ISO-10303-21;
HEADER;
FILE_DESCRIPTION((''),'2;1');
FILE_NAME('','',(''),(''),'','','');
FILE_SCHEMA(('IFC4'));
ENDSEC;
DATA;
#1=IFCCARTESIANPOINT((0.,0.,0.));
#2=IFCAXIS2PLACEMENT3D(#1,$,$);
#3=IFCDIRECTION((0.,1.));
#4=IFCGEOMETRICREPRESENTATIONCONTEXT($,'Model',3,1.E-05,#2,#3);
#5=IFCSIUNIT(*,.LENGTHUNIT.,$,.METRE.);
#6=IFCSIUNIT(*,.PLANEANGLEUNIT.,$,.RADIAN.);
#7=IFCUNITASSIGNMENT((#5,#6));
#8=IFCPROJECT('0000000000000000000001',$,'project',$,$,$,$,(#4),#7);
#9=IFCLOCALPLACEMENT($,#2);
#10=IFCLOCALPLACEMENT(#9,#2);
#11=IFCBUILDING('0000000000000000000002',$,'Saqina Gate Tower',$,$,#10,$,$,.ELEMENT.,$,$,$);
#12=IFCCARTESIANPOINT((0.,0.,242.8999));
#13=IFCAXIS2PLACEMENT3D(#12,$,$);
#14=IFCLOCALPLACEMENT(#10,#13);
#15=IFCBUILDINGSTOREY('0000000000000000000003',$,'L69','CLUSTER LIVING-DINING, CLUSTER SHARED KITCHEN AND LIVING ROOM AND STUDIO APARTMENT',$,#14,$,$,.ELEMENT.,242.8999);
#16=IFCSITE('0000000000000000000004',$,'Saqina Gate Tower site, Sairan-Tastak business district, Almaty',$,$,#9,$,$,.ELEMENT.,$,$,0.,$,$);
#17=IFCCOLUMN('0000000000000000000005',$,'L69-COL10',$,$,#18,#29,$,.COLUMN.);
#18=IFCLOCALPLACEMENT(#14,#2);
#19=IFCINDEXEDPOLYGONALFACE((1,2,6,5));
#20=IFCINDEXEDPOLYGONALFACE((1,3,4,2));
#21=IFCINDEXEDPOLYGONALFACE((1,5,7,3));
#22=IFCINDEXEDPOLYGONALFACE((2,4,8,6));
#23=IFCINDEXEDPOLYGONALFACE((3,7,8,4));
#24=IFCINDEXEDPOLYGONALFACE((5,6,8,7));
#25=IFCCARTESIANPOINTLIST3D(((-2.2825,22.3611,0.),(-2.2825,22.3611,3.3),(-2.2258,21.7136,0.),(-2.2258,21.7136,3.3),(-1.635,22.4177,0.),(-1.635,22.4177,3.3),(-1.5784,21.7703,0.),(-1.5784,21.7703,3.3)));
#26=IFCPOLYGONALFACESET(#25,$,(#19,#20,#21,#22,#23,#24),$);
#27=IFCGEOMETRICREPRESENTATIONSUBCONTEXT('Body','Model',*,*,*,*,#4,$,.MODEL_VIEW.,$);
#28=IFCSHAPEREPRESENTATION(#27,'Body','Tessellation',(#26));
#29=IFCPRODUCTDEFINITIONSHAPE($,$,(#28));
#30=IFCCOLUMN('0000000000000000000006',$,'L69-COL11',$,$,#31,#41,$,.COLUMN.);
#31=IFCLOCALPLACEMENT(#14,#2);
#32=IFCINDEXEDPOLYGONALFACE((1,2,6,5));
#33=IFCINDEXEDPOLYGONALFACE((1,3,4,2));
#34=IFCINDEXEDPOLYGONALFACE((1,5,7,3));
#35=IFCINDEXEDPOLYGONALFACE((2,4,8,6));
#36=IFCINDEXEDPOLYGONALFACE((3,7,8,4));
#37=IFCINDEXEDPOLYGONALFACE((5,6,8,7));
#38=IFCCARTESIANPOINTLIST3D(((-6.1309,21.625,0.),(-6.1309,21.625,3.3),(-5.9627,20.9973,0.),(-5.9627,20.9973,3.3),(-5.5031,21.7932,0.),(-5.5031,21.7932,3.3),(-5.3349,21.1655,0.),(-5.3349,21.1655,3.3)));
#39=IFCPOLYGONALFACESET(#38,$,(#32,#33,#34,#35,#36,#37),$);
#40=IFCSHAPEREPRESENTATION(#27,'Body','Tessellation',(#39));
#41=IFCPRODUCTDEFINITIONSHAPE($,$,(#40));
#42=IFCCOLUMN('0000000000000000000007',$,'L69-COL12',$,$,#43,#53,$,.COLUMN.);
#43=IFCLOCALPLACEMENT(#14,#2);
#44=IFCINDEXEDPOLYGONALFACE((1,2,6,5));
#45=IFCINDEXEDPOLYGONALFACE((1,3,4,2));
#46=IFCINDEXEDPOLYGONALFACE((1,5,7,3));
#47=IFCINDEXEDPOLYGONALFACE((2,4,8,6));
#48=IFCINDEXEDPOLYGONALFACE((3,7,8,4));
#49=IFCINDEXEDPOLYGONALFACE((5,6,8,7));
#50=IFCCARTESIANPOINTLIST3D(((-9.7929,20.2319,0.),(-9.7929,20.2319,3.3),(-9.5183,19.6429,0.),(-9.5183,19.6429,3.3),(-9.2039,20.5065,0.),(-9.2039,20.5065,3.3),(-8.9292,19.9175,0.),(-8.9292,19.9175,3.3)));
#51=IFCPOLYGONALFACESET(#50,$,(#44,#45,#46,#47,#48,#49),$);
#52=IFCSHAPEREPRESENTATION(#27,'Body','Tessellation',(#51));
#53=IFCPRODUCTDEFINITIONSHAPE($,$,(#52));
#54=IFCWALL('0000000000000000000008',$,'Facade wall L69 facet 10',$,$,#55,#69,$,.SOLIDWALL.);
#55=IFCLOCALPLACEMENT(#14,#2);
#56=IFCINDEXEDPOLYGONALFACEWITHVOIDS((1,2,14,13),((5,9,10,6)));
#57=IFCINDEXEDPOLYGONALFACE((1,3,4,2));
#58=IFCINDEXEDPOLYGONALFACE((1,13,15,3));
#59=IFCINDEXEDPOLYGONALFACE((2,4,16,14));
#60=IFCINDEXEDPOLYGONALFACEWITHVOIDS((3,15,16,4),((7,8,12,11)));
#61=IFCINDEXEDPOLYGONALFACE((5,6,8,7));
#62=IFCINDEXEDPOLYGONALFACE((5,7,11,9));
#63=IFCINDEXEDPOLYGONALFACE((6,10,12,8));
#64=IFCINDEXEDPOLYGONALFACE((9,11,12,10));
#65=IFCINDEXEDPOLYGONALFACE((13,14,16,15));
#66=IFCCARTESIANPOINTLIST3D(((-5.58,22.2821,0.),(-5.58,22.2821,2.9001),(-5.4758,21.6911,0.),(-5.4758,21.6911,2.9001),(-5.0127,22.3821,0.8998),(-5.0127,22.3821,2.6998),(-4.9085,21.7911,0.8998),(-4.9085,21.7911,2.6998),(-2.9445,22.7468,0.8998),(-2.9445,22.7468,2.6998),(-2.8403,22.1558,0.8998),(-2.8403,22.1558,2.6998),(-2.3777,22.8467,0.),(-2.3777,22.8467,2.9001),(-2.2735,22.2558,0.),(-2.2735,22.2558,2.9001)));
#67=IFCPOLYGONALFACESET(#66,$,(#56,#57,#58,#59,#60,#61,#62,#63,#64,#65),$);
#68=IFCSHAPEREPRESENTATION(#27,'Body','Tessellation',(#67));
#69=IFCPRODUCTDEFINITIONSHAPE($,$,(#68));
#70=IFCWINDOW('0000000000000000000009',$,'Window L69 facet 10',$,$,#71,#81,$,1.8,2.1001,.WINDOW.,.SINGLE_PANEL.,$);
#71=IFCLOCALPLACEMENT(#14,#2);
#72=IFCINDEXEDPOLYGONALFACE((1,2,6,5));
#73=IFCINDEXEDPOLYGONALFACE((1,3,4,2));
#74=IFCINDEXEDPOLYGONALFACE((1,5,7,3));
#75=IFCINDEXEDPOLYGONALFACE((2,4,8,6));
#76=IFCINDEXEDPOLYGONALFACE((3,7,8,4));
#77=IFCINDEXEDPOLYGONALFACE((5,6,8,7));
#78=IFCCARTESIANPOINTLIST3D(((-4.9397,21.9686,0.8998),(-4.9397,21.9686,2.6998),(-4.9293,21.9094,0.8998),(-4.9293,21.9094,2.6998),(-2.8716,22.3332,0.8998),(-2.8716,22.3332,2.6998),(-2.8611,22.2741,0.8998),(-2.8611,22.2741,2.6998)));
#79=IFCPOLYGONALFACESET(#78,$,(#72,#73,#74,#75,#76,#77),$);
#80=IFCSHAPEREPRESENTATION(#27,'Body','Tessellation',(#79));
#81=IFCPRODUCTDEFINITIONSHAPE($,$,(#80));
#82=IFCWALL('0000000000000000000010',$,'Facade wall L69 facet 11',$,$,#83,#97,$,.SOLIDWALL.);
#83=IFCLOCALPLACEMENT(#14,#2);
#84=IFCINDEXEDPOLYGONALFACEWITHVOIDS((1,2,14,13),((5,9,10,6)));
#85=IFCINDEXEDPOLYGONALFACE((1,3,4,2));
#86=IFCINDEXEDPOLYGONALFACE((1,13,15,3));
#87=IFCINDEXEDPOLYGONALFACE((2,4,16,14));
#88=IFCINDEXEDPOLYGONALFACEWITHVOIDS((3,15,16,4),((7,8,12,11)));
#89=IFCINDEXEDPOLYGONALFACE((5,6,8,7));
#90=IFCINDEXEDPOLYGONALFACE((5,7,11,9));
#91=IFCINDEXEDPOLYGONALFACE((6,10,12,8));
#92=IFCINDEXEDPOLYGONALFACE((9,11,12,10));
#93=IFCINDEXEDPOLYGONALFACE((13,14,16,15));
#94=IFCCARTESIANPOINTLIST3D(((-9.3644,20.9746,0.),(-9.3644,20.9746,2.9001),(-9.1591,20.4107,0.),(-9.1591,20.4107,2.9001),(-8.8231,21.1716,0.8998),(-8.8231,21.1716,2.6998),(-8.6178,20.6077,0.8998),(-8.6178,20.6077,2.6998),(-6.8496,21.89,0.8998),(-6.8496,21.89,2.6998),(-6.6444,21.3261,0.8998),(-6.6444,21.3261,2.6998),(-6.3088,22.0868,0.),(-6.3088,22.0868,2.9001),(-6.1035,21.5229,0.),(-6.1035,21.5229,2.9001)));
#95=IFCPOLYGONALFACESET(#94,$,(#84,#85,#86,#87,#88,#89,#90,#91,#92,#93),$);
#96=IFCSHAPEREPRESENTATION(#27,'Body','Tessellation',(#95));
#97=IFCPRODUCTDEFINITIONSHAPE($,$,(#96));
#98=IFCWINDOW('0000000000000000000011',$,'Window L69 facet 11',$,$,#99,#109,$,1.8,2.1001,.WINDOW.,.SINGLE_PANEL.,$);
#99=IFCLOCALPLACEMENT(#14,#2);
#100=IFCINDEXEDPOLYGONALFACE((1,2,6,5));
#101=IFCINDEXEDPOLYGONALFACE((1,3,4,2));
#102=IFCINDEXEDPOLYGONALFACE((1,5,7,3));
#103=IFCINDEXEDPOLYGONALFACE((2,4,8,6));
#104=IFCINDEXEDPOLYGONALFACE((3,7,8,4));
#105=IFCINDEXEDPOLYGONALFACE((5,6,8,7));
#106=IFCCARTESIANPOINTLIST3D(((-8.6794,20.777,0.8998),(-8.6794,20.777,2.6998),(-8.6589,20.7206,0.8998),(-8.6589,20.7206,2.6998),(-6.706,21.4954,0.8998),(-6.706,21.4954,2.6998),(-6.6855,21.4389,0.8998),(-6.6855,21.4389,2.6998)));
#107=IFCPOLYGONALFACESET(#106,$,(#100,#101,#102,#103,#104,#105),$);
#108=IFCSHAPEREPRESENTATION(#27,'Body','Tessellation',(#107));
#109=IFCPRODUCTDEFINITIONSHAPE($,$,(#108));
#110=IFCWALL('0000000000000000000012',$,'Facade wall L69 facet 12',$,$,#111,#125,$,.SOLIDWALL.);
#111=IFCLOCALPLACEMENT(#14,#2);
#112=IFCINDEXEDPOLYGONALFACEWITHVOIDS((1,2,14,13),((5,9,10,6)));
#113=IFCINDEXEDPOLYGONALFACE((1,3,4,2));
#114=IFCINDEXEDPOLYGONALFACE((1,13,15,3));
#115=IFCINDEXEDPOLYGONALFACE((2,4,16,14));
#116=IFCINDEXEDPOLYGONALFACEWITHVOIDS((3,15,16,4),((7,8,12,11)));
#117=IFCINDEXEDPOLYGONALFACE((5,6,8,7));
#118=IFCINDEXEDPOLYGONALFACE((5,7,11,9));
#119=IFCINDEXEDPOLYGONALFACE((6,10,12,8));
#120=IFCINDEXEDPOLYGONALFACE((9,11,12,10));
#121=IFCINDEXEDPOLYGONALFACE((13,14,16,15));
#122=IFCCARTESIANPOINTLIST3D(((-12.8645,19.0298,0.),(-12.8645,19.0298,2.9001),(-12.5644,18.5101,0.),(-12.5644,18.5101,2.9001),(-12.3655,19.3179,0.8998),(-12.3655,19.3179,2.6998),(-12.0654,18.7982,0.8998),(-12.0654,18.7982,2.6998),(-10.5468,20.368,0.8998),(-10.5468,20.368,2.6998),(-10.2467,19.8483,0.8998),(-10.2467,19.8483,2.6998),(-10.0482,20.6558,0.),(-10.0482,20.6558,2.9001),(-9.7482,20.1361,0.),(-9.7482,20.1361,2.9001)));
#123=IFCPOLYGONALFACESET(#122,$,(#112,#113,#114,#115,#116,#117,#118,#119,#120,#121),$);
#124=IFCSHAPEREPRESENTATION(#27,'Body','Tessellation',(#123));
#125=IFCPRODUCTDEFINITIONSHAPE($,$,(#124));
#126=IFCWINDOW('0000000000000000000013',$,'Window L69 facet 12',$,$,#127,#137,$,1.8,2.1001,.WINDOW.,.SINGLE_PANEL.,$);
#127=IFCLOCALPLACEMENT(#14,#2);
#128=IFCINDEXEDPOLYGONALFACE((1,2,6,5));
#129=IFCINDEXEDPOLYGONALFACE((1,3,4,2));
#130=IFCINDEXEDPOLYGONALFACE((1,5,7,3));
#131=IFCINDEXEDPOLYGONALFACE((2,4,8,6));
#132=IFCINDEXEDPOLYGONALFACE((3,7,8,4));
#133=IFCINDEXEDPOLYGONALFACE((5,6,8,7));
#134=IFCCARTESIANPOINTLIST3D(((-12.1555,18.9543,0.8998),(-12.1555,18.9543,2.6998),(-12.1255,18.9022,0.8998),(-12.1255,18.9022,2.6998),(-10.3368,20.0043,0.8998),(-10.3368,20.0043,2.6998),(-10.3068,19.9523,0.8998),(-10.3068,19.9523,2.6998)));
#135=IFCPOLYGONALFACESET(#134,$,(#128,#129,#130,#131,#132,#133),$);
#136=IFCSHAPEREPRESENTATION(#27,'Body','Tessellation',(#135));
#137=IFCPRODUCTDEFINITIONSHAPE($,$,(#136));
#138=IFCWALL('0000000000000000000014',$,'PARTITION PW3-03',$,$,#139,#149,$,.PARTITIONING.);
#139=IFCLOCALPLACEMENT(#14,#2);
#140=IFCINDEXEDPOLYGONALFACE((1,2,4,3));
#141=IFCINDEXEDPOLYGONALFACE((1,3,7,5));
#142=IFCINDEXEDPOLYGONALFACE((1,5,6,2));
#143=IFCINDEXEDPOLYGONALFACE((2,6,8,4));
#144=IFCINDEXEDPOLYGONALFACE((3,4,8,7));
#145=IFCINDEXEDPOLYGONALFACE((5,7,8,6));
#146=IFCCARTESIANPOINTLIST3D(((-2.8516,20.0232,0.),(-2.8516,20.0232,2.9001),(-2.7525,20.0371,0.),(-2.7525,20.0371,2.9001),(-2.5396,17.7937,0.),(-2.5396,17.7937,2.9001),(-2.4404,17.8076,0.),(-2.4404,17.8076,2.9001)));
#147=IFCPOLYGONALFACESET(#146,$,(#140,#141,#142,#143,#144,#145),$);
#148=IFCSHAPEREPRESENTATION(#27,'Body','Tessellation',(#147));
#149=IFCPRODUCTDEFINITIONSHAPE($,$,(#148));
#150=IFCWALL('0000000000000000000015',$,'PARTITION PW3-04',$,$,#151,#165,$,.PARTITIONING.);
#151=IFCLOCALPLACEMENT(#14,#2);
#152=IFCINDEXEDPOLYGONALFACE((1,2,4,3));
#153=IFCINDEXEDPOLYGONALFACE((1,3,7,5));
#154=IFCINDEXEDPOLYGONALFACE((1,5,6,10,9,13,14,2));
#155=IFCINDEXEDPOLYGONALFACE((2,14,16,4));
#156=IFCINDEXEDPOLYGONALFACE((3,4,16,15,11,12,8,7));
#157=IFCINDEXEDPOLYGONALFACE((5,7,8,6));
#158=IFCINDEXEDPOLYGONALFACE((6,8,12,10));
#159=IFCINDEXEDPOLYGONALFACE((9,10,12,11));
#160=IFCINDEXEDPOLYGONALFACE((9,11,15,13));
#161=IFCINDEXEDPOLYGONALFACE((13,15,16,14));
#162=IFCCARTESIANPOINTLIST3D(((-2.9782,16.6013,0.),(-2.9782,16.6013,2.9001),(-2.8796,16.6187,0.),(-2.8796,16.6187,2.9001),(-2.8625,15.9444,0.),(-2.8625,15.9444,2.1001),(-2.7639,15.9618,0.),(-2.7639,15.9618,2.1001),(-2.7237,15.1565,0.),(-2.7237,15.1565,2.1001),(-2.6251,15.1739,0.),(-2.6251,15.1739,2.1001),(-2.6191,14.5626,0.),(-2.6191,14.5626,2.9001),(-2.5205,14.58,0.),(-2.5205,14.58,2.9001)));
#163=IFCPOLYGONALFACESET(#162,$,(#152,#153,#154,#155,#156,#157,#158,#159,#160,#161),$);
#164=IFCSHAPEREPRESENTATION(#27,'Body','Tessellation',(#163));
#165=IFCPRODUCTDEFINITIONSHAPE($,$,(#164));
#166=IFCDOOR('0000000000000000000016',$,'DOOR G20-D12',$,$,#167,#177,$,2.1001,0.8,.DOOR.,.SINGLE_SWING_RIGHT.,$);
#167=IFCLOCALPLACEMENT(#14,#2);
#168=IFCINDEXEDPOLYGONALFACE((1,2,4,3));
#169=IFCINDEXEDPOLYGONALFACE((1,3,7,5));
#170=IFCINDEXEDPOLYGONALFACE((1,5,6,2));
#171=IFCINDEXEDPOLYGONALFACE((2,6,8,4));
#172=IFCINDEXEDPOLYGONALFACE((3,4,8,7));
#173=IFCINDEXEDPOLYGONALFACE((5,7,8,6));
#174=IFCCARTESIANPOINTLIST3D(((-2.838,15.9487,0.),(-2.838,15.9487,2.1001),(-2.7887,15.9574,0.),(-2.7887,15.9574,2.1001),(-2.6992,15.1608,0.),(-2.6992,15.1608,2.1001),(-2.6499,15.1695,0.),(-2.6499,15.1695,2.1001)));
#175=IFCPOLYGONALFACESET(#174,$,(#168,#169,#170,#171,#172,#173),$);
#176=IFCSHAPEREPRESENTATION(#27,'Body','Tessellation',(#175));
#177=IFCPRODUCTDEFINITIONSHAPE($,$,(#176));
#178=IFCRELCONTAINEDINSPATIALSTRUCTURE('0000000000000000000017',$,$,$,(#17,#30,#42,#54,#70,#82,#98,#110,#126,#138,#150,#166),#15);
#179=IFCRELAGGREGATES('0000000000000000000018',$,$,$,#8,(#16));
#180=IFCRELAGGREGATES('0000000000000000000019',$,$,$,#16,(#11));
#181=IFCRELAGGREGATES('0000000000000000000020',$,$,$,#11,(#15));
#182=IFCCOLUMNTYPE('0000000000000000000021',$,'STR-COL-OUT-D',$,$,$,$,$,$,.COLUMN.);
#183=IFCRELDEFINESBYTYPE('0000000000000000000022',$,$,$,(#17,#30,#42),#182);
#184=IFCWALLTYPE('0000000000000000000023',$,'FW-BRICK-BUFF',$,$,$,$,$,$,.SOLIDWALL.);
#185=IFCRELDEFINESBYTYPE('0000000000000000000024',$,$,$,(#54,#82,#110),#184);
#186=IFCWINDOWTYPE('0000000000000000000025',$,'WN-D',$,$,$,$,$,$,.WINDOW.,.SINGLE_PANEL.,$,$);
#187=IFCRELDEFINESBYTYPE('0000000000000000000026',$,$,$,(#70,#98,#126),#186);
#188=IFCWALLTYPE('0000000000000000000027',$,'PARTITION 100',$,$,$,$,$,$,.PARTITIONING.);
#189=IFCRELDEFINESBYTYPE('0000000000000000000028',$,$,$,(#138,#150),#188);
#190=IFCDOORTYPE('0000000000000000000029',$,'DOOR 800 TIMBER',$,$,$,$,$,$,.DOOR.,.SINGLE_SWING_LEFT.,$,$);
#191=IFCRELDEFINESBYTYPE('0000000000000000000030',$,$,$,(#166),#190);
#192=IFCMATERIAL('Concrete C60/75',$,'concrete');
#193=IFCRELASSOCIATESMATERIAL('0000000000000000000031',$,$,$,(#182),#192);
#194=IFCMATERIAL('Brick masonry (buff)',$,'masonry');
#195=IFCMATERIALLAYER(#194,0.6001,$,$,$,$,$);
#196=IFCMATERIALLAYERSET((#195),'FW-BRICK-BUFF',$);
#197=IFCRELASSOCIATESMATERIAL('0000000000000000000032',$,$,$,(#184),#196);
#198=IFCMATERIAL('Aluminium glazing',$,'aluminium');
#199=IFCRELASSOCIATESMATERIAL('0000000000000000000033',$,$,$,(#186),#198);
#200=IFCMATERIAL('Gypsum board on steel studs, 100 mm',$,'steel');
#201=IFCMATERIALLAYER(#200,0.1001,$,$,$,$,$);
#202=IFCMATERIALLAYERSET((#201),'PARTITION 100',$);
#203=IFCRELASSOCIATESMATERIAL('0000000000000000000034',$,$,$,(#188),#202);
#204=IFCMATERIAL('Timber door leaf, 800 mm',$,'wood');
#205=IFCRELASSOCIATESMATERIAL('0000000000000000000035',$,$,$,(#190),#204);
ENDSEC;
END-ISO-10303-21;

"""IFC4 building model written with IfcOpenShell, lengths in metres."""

from ifc_helpers import new_model, si_unit, direction, frame, frame_2d, origin, origin_2d, place, context, subcontext, project, spatial, rectangle, extrude, material, layer, layer_set, material_profile, profile_set, type_object, element, fill, save


model = new_model("IFC4")

# Units and contexts
model_context = context("Model", 3, precision=1e-05, world=origin(), true_north=direction((0.0, 1.0)))
body_context = subcontext(model_context, "Body", "Model", "MODEL_VIEW")
ifc_project = project(units=[si_unit("LENGTHUNIT", "METRE"), si_unit("PLANEANGLEUNIT", "RADIAN")], contexts=[model_context])

# Site, building, storey
site_placement = place(None, origin())
site = spatial("IfcSite", under=ifc_project, at=site_placement, Name="Saqina Gate Tower site, Sairan-Tastak business district, Almaty", CompositionType="ELEMENT", RefElevation=0.0)
building_placement = place(site_placement, origin())
building = spatial("IfcBuilding", under=site, at=building_placement, Name="Saqina Gate Tower", CompositionType="ELEMENT")
storey_placement = place(building_placement, frame((0.0, 0.0, 242.8999)))
storey = spatial("IfcBuildingStorey", under=building, at=storey_placement, Name="L69", Description="CLUSTER LIVING-DINING, CLUSTER SHARED KITCHEN AND LIVING ROOM AND STUDIO APARTMENT", CompositionType="ELEMENT", Elevation=242.8999)

# Columns
ifc_material_1 = material(Name="Concrete C60/75", Category="concrete")
ifc_material_profile = material_profile(ifc_material_1, rectangle(XDim=0.6499, YDim=0.6499, at=origin_2d()), Name="RC 650x650")
ifc_profile_set = profile_set([ifc_material_profile], Name="Concrete C60/75")
column_type = type_object("IfcColumnType", Name="STR-COL-OUT-D", PredefinedType="COLUMN", material=ifc_profile_set)
for number, where, z_axis, x_axis, name in (
    (1, (-1.9304, 22.0657, 0.0), (0.0, 0.0, 1.0), (-0.087156, 0.996195, 0.0), "L69-COL10"),
    (2, (-5.7329, 21.3953, 0.0), (0.0, 0.0, 1.0), (-0.258819, 0.965926, 0.0), "L69-COL11"),
    (3, (-9.3611, 20.0747, 0.0), (0.0, 0.0, 1.0), (-0.422618, 0.906308, 0.0), "L69-COL12"),
):
    element("IfcColumn", number, at=place(storey_placement, frame(where, z_axis=z_axis, x_axis=x_axis)), inside=storey, type_object=column_type, Name=name, PredefinedType="COLUMN", context=body_context, shape_type="SweptSolid", body=[
        extrude(rectangle(XDim=0.6499, YDim=0.6499, at=origin_2d()), origin(), (0.0, 0.0, 1.0), 3.3),
    ])

# Walls, openings, windows
ifc_material_2 = material(Name="Brick masonry (buff)", Category="masonry")
ifc_layer_1 = layer(ifc_material_2, 0.6001)
ifc_layer_set_1 = layer_set([ifc_layer_1], Name="FW-BRICK-BUFF")
wall_type_1 = type_object("IfcWallType", Name="FW-BRICK-BUFF", PredefinedType="SOLIDWALL", material=ifc_layer_set_1)
wall_1_placement = place(storey_placement, frame((-2.3254, 22.5513, 0.0), z_axis=(0.0, 0.0, 1.0), x_axis=(-0.984806, -0.173657, 0.0)))
wall_1 = element("IfcWall", 4, at=wall_1_placement, inside=storey, type_object=wall_type_1, Name="Facade wall L69 facet 10", PredefinedType="SOLIDWALL", context=body_context, shape_type="SweptSolid", body=[
    extrude(rectangle(XDim=3.2517, YDim=0.6001, at=frame_2d((1.626, 0.0))), origin(), (0.0, 0.0, 1.0), 2.9001),
])
opening_1_placement = place(wall_1_placement, frame((0.5757, 0.0, 0.8999)))
opening_1 = element("IfcOpeningElement", 5, at=opening_1_placement, cuts=wall_1, PredefinedType="OPENING", context=body_context, shape_type="SweptSolid", body=[
    extrude(rectangle(XDim=2.1001, YDim=1.8, at=frame_2d((1.05, 0.8999))), frame((0.0, 0.312, 0.0), z_axis=(0.0, -1.0, 0.0), x_axis=(1.0, 0.0, 0.0)), (0.0, 0.0, 1.0), 0.624),
])
ifc_material_3 = material(Name="Aluminium glazing", Category="aluminium")
window_type = type_object("IfcWindowType", Name="WN-D", PartitioningType="SINGLE_PANEL", PredefinedType="WINDOW", material=ifc_material_3)
window_1_placement = place(opening_1_placement, origin())
window_1 = element("IfcWindow", 6, at=window_1_placement, inside=storey, type_object=window_type, Name="Window L69 facet 10", OverallHeight=1.8, OverallWidth=2.1001, PartitioningType="SINGLE_PANEL", PredefinedType="WINDOW", context=body_context, shape_type="SweptSolid", body=[
    extrude(rectangle(XDim=2.1001, YDim=1.8, at=frame_2d((1.05, 0.8999))), frame((0.0, 0.1799, 0.0), z_axis=(0.0, -1.0, 0.0), x_axis=(1.0, 0.0, 0.0)), (0.0, 0.0, 1.0), 0.0601),
])
fill(opening_1, window_1)
wall_2_placement = place(storey_placement, frame((-6.2061, 21.8049, 0.0), z_axis=(0.0, 0.0, 1.0), x_axis=(-0.939679, -0.342057, 0.0)))
wall_2 = element("IfcWall", 7, at=wall_2_placement, inside=storey, type_object=wall_type_1, Name="Facade wall L69 facet 11", PredefinedType="SOLIDWALL", context=body_context, shape_type="SweptSolid", body=[
    extrude(rectangle(XDim=3.2517, YDim=0.6001, at=frame_2d((1.626, 0.0))), origin(), (0.0, 0.0, 1.0), 2.9001),
])
opening_2_placement = place(wall_2_placement, frame((0.5757, 0.0, 0.8999)))
opening_2 = element("IfcOpeningElement", 8, at=opening_2_placement, cuts=wall_2, PredefinedType="OPENING", context=body_context, shape_type="SweptSolid", body=[
    extrude(rectangle(XDim=2.1001, YDim=1.8, at=frame_2d((1.05, 0.8999))), frame((0.0, 0.312, 0.0), z_axis=(0.0, -1.0, 0.0), x_axis=(1.0, 0.0, 0.0)), (0.0, 0.0, 1.0), 0.624),
])
window_2_placement = place(opening_2_placement, origin())
window_2 = element("IfcWindow", 9, at=window_2_placement, inside=storey, type_object=window_type, Name="Window L69 facet 11", OverallHeight=1.8, OverallWidth=2.1001, PartitioningType="SINGLE_PANEL", PredefinedType="WINDOW", context=body_context, shape_type="SweptSolid", body=[
    extrude(rectangle(XDim=2.1001, YDim=1.8, at=frame_2d((1.05, 0.8999))), frame((0.0, 0.1799, 0.0), z_axis=(0.0, -1.0, 0.0), x_axis=(1.0, 0.0, 0.0)), (0.0, 0.0, 1.0), 0.0601),
])
fill(opening_2, window_2)
wall_3_placement = place(storey_placement, frame((-9.8982, 20.396, 0.0), z_axis=(0.0, 0.0, 1.0), x_axis=(-0.866017, -0.500015, 0.0)))
wall_3 = element("IfcWall", 10, at=wall_3_placement, inside=storey, type_object=wall_type_1, Name="Facade wall L69 facet 12", PredefinedType="SOLIDWALL", context=body_context, shape_type="SweptSolid", body=[
    extrude(rectangle(XDim=3.252, YDim=0.6001, at=frame_2d((1.626, 0.0))), origin(), (0.0, 0.0, 1.0), 2.9001),
])
opening_3_placement = place(wall_3_placement, frame((0.5757, 0.0, 0.8999)))
opening_3 = element("IfcOpeningElement", 11, at=opening_3_placement, cuts=wall_3, PredefinedType="OPENING", context=body_context, shape_type="SweptSolid", body=[
    extrude(rectangle(XDim=2.1001, YDim=1.8, at=frame_2d((1.05, 0.8999))), frame((0.0, 0.312, 0.0), z_axis=(0.0, -1.0, 0.0), x_axis=(1.0, 0.0, 0.0)), (0.0, 0.0, 1.0), 0.624),
])
window_3_placement = place(opening_3_placement, origin())
window_3 = element("IfcWindow", 12, at=window_3_placement, inside=storey, type_object=window_type, Name="Window L69 facet 12", OverallHeight=1.8, OverallWidth=2.1001, PartitioningType="SINGLE_PANEL", PredefinedType="WINDOW", context=body_context, shape_type="SweptSolid", body=[
    extrude(rectangle(XDim=2.1001, YDim=1.8, at=frame_2d((1.05, 0.8999))), frame((0.0, 0.1799, 0.0), z_axis=(0.0, -1.0, 0.0), x_axis=(1.0, 0.0, 0.0)), (0.0, 0.0, 1.0), 0.0601),
])
fill(opening_3, window_3)

# Wall
ifc_material_4 = material(Name="Gypsum board on steel studs, 100 mm", Category="steel")
ifc_layer_2 = layer(ifc_material_4, 0.1001)
ifc_layer_set_2 = layer_set([ifc_layer_2], Name="PARTITION 100")
wall_type_2 = type_object("IfcWallType", Name="PARTITION 100", PredefinedType="PARTITIONING", material=ifc_layer_set_2)
wall_4_placement = place(storey_placement, frame((-2.802, 20.03, 0.0), z_axis=(0.0, 0.0, 1.0), x_axis=(0.138597, -0.990349, 0.0)))
element("IfcWall", 13, at=wall_4_placement, inside=storey, type_object=wall_type_2, Name="PARTITION PW3-03", PredefinedType="PARTITIONING", context=body_context, shape_type="SweptSolid", body=[
    extrude(rectangle(XDim=2.2512, YDim=0.1001, at=frame_2d((1.1255, 0.0))), origin(), (0.0, 0.0, 1.0), 2.9001),
])

# Wall, opening, door
wall_5_placement = place(storey_placement, frame((-2.929, 16.6101, 0.0), z_axis=(0.0, 0.0, 1.0), x_axis=(0.173496, -0.984835, 0.0)))
wall_5 = element("IfcWall", 14, at=wall_5_placement, inside=storey, type_object=wall_type_2, Name="PARTITION PW3-04", PredefinedType="PARTITIONING", context=body_context, shape_type="SweptSolid", body=[
    extrude(rectangle(XDim=2.0701, YDim=0.1001, at=frame_2d((1.0352, 0.0))), origin(), (0.0, 0.0, 1.0), 2.9001),
])
opening_4_placement = place(wall_5_placement, frame((0.6672, 0.0, 0.0)))
opening_4 = element("IfcOpeningElement", 15, at=opening_4_placement, cuts=wall_5, PredefinedType="OPENING", context=body_context, shape_type="SweptSolid", body=[
    extrude(rectangle(XDim=0.8, YDim=2.1001, at=frame_2d((0.3999, 1.05))), frame((0.0, 0.062, 0.0), z_axis=(0.0, -1.0, 0.0), x_axis=(1.0, 0.0, 0.0)), (0.0, 0.0, 1.0), 0.124),
])
ifc_material_5 = material(Name="Timber door leaf, 800 mm", Category="wood")
door_type_1 = type_object("IfcDoorType", Name="DOOR 800 TIMBER", OperationType="SINGLE_SWING_LEFT", PredefinedType="DOOR", material=ifc_material_5)
door_1_placement = place(opening_4_placement, origin())
door_1 = element("IfcDoor", 16, at=door_1_placement, inside=storey, type_object=door_type_1, Name="DOOR G20-D12", OperationType="SINGLE_SWING_RIGHT", OverallHeight=2.1001, OverallWidth=0.8, PredefinedType="DOOR", context=body_context, shape_type="SweptSolid", body=[
    extrude(rectangle(XDim=0.8, YDim=2.1001, at=frame_2d((0.3999, 1.05))), frame((0.0, 0.0249, 0.0), z_axis=(0.0, -1.0, 0.0), x_axis=(1.0, 0.0, 0.0)), (0.0, 0.0, 1.0), 0.05),
])
fill(opening_4, door_1)

save(model, "model.ifc")
